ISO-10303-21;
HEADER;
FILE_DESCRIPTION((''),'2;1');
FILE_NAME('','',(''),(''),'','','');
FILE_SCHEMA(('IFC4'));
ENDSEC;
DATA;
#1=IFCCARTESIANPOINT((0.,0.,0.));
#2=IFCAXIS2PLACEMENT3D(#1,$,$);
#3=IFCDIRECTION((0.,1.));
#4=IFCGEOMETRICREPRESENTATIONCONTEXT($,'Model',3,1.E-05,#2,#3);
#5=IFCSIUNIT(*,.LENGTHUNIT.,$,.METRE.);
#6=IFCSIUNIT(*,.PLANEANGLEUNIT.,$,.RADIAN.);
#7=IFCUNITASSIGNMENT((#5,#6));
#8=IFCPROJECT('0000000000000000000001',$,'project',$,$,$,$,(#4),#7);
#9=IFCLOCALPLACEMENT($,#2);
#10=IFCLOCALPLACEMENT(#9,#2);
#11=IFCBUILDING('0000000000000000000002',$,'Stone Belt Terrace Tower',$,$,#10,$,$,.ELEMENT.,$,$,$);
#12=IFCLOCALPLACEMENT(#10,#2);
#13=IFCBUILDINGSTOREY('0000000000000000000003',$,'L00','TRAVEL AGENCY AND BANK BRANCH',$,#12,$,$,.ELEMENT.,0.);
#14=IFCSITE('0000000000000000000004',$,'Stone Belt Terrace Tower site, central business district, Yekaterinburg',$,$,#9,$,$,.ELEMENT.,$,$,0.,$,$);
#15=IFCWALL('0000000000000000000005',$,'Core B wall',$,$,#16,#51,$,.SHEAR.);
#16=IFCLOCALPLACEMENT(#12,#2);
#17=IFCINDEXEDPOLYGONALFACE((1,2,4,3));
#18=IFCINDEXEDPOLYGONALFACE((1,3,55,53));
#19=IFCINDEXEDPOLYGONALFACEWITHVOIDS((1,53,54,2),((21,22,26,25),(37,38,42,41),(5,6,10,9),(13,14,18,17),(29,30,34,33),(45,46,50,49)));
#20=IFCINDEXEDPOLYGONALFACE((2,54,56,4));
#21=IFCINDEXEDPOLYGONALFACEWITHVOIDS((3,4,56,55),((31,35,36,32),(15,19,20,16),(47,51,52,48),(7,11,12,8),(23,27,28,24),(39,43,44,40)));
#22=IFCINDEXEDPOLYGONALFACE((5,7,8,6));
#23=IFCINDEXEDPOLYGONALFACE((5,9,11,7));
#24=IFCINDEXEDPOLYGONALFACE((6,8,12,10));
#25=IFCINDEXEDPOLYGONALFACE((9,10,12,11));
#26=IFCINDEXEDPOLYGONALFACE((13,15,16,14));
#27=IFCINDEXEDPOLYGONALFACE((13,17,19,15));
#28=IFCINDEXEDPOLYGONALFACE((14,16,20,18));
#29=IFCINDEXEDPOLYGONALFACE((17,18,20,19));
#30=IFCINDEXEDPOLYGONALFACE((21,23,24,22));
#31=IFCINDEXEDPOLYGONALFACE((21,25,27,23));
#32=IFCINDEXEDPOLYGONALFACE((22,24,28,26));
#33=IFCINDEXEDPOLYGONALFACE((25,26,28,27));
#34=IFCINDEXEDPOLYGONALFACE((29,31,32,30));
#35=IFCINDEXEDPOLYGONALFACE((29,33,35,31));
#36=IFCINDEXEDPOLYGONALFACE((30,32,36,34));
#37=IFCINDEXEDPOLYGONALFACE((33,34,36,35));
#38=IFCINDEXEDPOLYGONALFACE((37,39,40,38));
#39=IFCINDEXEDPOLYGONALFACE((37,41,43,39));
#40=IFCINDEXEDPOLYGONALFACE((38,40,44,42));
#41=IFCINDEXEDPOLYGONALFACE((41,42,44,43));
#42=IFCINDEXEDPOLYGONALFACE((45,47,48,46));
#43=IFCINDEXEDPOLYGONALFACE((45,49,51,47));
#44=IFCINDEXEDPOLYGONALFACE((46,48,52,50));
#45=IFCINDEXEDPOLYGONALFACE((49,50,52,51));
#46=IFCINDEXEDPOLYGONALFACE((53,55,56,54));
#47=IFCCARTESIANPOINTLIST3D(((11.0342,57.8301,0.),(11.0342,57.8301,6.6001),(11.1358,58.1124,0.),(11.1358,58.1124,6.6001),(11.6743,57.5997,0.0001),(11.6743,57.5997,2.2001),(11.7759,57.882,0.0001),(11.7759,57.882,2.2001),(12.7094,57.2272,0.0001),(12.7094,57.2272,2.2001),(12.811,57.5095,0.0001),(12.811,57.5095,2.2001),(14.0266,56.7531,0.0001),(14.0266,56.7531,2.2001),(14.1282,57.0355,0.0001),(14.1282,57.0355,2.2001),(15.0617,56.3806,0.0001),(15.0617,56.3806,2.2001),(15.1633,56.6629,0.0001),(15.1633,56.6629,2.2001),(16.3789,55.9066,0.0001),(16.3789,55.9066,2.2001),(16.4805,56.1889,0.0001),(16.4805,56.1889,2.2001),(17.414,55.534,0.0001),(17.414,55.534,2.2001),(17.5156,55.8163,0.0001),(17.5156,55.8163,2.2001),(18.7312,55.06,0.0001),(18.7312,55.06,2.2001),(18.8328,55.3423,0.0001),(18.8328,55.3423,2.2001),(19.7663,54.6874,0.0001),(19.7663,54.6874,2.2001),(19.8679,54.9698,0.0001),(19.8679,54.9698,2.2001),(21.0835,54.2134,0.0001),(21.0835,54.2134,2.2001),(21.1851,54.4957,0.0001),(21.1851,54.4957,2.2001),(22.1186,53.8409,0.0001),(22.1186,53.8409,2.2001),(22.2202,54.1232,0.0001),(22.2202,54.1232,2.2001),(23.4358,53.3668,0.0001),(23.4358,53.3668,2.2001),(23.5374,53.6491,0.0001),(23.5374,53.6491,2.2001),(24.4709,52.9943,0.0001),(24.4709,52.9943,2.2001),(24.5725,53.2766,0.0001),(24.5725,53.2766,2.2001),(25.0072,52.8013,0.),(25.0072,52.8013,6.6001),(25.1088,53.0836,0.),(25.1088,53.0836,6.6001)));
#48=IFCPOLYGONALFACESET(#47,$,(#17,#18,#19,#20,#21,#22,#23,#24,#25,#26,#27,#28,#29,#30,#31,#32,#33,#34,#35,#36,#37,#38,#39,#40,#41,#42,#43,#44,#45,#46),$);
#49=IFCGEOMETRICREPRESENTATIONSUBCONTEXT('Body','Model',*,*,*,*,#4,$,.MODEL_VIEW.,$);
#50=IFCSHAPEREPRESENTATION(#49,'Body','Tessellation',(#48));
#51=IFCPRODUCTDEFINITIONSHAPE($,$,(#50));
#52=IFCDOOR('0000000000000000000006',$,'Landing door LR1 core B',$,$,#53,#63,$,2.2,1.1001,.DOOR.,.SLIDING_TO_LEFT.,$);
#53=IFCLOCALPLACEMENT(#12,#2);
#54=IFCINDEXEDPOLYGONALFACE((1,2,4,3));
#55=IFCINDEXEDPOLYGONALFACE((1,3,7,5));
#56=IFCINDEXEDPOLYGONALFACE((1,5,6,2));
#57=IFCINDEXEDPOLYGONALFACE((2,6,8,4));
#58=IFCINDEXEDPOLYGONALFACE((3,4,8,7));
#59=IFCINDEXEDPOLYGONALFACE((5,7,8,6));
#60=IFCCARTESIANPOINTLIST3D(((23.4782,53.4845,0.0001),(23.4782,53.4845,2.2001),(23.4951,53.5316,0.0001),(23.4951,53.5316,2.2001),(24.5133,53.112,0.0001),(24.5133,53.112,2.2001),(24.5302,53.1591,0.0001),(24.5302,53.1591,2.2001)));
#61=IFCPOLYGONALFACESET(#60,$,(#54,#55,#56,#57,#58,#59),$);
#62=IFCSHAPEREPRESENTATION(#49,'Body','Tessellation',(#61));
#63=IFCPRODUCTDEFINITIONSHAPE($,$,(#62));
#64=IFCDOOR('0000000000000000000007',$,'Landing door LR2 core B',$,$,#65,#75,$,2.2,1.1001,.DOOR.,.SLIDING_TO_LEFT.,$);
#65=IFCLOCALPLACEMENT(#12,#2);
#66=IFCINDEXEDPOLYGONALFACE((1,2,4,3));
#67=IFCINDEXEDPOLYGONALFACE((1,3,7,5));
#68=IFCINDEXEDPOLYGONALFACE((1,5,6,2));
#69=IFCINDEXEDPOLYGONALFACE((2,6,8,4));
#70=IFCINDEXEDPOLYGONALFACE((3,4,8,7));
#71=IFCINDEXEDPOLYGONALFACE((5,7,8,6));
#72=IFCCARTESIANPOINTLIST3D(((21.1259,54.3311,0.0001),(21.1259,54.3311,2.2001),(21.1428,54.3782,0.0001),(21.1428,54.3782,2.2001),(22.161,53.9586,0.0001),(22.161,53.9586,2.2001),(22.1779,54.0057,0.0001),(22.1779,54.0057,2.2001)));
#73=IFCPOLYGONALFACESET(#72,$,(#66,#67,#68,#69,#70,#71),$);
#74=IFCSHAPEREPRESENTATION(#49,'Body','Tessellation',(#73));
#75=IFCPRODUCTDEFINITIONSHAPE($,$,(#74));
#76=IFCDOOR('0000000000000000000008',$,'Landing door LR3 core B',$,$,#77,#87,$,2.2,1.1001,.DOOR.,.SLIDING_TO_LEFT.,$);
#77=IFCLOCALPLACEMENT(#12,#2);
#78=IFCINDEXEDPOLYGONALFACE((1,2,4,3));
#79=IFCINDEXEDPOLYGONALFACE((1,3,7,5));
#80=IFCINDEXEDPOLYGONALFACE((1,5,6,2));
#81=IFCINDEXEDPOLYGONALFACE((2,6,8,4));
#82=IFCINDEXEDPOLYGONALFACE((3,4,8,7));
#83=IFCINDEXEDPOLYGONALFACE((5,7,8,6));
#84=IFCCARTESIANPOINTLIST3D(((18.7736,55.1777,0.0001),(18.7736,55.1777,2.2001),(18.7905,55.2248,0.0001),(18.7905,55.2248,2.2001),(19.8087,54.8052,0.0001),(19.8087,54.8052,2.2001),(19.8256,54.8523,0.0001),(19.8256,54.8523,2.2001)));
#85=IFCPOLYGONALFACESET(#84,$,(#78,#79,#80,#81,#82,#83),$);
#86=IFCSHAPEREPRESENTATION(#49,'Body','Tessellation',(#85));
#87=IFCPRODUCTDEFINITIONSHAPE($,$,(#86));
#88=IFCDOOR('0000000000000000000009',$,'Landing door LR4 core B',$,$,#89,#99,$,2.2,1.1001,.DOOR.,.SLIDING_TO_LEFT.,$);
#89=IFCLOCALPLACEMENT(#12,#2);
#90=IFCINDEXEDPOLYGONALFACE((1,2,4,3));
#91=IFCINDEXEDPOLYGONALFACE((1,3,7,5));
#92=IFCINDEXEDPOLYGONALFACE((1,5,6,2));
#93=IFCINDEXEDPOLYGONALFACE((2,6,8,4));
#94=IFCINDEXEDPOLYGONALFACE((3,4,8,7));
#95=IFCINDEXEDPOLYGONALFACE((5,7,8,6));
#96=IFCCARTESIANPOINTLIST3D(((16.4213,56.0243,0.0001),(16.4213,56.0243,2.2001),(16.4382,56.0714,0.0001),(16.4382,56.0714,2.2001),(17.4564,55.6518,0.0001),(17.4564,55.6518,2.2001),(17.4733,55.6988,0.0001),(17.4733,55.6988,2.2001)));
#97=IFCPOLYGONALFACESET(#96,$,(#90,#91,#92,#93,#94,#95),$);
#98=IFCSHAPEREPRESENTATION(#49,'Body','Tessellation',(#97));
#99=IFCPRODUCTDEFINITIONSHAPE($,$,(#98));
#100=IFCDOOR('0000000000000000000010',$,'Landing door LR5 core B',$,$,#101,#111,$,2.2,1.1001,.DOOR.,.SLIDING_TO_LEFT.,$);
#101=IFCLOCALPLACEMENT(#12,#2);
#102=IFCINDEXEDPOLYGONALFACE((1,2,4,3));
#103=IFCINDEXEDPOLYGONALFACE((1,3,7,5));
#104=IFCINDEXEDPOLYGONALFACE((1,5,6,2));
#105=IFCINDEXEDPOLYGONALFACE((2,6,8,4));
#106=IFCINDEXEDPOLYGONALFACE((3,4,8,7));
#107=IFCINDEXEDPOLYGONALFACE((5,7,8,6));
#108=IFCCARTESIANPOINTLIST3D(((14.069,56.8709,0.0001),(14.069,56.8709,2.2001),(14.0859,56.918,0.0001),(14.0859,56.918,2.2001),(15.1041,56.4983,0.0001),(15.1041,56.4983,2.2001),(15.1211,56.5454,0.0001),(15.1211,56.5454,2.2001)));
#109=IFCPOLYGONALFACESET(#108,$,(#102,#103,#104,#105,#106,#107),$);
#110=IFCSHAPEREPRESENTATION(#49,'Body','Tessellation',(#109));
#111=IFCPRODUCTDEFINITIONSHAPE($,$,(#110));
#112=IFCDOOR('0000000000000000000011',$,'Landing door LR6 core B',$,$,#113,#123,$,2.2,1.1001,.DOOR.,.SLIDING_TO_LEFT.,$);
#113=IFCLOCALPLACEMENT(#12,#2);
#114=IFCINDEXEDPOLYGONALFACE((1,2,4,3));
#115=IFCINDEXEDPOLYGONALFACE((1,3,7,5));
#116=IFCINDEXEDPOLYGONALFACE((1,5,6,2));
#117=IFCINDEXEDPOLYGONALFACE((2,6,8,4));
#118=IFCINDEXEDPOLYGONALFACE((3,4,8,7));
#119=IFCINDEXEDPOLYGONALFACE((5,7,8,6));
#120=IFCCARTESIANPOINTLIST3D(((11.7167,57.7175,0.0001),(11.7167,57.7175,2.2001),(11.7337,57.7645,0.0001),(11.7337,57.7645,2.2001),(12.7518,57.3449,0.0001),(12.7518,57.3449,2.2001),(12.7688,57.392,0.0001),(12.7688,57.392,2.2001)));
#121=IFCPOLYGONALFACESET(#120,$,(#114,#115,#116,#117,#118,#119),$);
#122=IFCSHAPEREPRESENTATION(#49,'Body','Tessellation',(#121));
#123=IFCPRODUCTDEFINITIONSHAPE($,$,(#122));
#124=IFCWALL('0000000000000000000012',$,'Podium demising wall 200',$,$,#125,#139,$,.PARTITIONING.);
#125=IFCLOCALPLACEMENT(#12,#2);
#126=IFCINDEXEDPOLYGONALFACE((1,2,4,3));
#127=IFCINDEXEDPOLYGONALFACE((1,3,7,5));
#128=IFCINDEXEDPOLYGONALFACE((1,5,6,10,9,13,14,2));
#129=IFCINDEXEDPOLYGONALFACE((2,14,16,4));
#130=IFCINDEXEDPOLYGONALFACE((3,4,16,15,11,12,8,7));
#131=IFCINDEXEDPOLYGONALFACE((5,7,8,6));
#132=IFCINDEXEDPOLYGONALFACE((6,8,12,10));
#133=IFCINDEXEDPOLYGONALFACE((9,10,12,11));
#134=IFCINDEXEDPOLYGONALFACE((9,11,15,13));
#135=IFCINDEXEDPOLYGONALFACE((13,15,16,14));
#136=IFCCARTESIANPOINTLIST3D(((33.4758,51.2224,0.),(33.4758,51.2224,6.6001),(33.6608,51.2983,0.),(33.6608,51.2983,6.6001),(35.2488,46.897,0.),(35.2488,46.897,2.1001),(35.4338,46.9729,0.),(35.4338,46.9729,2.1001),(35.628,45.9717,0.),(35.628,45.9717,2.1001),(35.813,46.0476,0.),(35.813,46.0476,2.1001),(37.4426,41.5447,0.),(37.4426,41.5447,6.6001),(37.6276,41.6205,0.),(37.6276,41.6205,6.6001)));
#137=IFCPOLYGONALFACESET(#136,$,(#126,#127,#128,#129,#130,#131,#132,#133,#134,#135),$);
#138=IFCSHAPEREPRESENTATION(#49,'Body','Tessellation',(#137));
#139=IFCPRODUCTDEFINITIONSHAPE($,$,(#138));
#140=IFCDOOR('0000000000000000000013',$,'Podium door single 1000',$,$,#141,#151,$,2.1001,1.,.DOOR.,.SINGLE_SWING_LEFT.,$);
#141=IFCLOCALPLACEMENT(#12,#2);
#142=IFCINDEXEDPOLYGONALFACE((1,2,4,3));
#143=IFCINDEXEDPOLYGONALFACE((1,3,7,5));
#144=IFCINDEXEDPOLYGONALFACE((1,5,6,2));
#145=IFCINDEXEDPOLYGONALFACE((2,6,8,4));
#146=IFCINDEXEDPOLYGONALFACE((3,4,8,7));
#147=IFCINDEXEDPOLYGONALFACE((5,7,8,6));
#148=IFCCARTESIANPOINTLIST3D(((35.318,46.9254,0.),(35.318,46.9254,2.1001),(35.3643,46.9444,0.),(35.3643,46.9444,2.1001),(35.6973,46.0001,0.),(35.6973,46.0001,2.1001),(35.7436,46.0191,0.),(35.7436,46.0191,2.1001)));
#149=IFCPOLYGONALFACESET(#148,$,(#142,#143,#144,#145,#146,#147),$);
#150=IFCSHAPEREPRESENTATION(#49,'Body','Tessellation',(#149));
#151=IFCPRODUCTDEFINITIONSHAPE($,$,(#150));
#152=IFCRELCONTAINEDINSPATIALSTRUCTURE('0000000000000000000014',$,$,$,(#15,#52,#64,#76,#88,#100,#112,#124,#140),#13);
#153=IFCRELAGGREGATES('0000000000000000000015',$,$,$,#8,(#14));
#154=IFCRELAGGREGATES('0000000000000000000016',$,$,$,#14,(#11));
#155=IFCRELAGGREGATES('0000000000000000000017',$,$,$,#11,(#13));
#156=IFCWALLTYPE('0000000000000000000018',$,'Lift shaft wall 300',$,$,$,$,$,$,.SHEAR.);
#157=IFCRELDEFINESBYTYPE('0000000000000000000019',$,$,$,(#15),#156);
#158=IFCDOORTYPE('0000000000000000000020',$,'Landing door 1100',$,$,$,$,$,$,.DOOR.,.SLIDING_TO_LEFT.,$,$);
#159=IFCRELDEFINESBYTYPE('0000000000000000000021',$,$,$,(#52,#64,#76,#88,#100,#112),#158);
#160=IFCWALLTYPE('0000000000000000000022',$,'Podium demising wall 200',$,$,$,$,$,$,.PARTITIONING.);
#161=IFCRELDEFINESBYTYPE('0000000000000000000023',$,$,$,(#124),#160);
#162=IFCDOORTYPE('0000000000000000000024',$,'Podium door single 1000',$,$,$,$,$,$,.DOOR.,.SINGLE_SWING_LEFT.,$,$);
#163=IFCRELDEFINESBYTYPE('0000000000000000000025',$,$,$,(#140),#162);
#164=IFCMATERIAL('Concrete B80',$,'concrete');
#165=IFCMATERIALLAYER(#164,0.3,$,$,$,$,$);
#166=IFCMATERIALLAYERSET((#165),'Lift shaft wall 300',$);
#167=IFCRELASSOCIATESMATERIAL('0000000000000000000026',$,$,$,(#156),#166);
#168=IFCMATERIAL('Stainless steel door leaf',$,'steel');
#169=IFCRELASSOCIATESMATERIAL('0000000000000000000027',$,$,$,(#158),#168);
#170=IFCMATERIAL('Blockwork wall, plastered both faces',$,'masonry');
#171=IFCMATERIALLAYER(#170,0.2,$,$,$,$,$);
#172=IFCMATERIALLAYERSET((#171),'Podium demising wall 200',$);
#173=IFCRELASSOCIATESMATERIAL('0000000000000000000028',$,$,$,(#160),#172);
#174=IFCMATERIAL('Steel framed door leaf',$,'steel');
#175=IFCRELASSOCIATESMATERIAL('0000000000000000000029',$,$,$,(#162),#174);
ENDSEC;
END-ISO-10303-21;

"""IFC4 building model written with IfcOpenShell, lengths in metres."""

from ifc_helpers import new_model, si_unit, direction, frame, frame_2d, origin, place, context, subcontext, project, spatial, rectangle, extrude, material, layer, layer_set, type_object, element, fill, save


model = new_model("IFC4")

# Units and contexts
model_context = context("Model", 3, precision=1e-05, world=origin(), true_north=direction((0.0, 1.0)))
body_context = subcontext(model_context, "Body", "Model", "MODEL_VIEW")
ifc_project = project(units=[si_unit("LENGTHUNIT", "METRE"), si_unit("PLANEANGLEUNIT", "RADIAN")], contexts=[model_context])

# Site, building, storey
site_placement = place(None, origin())
site = spatial("IfcSite", under=ifc_project, at=site_placement, Name="Stone Belt Terrace Tower site, central business district, Yekaterinburg", CompositionType="ELEMENT", RefElevation=0.0)
building_placement = place(site_placement, origin())
building = spatial("IfcBuilding", under=site, at=building_placement, Name="Stone Belt Terrace Tower", CompositionType="ELEMENT")
storey_placement = place(building_placement, origin())
storey = spatial("IfcBuildingStorey", under=building, at=storey_placement, Name="L00", Description="TRAVEL AGENCY AND BANK BRANCH", CompositionType="ELEMENT", Elevation=0.0)

# Shared definitions
ifc_material_1 = material(Name="Concrete B80", Category="concrete")

# Shared definitions
ifc_layer_1 = layer(ifc_material_1, 0.3)
ifc_layer_set_1 = layer_set([ifc_layer_1], Name="Lift shaft wall 300")
wall_type_1 = type_object("IfcWallType", Name="Lift shaft wall 300", PredefinedType="SHEAR", material=ifc_layer_set_1)
ifc_material_2 = material(Name="Stainless steel door leaf", Category="steel")

# Wall, openings, doors
wall_1_placement = place(storey_placement, frame((25.0581, 52.9424, 0.0), z_axis=(0.0, 0.0, 1.0), x_axis=(-0.940918, 0.338634, 0.0)))
wall_1 = element("IfcWall", 1, at=wall_1_placement, inside=storey, type_object=wall_type_1, Name="Core B wall", PredefinedType="SHEAR", context=body_context, shape_type="SweptSolid", body=[
    extrude(rectangle(XDim=14.8503, YDim=0.3, at=frame_2d((7.4253, 0.0))), origin(), (0.0, 0.0, 1.0), 6.6001),
])
opening_1_placement = place(wall_1_placement, frame((0.5701, 0.0, 0.0)))
opening_1 = element("IfcOpeningElement", 2, at=opening_1_placement, cuts=wall_1, PredefinedType="OPENING", context=body_context, shape_type="SweptSolid", body=[
    extrude(rectangle(XDim=1.1001, YDim=2.2, at=frame_2d((0.55, 1.1001))), frame((0.0, 0.1599, 0.0), z_axis=(0.0, -1.0, 0.0), x_axis=(1.0, 0.0, 0.0)), (0.0, 0.0, 1.0), 0.3201),
])
opening_2_placement = place(wall_1_placement, frame((3.0701, 0.0, 0.0)))
opening_2 = element("IfcOpeningElement", 3, at=opening_2_placement, cuts=wall_1, PredefinedType="OPENING", context=body_context, shape_type="SweptSolid", body=[
    extrude(rectangle(XDim=1.1001, YDim=2.2, at=frame_2d((0.55, 1.1001))), frame((0.0, 0.1599, 0.0), z_axis=(0.0, -1.0, 0.0), x_axis=(1.0, 0.0, 0.0)), (0.0, 0.0, 1.0), 0.3201),
])
opening_3_placement = place(wall_1_placement, frame((5.5701, 0.0, 0.0)))
opening_3 = element("IfcOpeningElement", 4, at=opening_3_placement, cuts=wall_1, PredefinedType="OPENING", context=body_context, shape_type="SweptSolid", body=[
    extrude(rectangle(XDim=1.1001, YDim=2.2, at=frame_2d((0.55, 1.1001))), frame((0.0, 0.1599, 0.0), z_axis=(0.0, -1.0, 0.0), x_axis=(1.0, 0.0, 0.0)), (0.0, 0.0, 1.0), 0.3201),
])
opening_4_placement = place(wall_1_placement, frame((8.0701, 0.0, 0.0)))
opening_4 = element("IfcOpeningElement", 5, at=opening_4_placement, cuts=wall_1, PredefinedType="OPENING", context=body_context, shape_type="SweptSolid", body=[
    extrude(rectangle(XDim=1.1001, YDim=2.2, at=frame_2d((0.55, 1.1001))), frame((0.0, 0.1599, 0.0), z_axis=(0.0, -1.0, 0.0), x_axis=(1.0, 0.0, 0.0)), (0.0, 0.0, 1.0), 0.3201),
])
opening_5_placement = place(wall_1_placement, frame((10.5701, 0.0, 0.0)))
opening_5 = element("IfcOpeningElement", 6, at=opening_5_placement, cuts=wall_1, PredefinedType="OPENING", context=body_context, shape_type="SweptSolid", body=[
    extrude(rectangle(XDim=1.1001, YDim=2.2, at=frame_2d((0.55, 1.1001))), frame((0.0, 0.1599, 0.0), z_axis=(0.0, -1.0, 0.0), x_axis=(1.0, 0.0, 0.0)), (0.0, 0.0, 1.0), 0.3201),
])
opening_6_placement = place(wall_1_placement, frame((13.0701, 0.0, 0.0)))
opening_6 = element("IfcOpeningElement", 7, at=opening_6_placement, cuts=wall_1, PredefinedType="OPENING", context=body_context, shape_type="SweptSolid", body=[
    extrude(rectangle(XDim=1.1001, YDim=2.2, at=frame_2d((0.55, 1.1001))), frame((0.0, 0.1599, 0.0), z_axis=(0.0, -1.0, 0.0), x_axis=(1.0, 0.0, 0.0)), (0.0, 0.0, 1.0), 0.3201),
])
door_type_1 = type_object("IfcDoorType", Name="Landing door 1100", OperationType="SLIDING_TO_LEFT", PredefinedType="DOOR", material=ifc_material_2)
door_1_placement = place(opening_1_placement, origin())
door_1 = element("IfcDoor", 8, at=door_1_placement, inside=storey, type_object=door_type_1, Name="Landing door LR1 core B", OperationType="SLIDING_TO_LEFT", OverallHeight=2.2, OverallWidth=1.1001, PredefinedType="DOOR", context=body_context, shape_type="SweptSolid", body=[
    extrude(rectangle(XDim=1.1001, YDim=2.2, at=frame_2d((0.55, 1.1001))), frame((0.0, 0.0249, 0.0), z_axis=(0.0, -1.0, 0.0), x_axis=(1.0, 0.0, 0.0)), (0.0, 0.0, 1.0), 0.05),
])
fill(opening_1, door_1)
door_2_placement = place(opening_2_placement, origin())
door_2 = element("IfcDoor", 9, at=door_2_placement, inside=storey, type_object=door_type_1, Name="Landing door LR2 core B", OperationType="SLIDING_TO_LEFT", OverallHeight=2.2, OverallWidth=1.1001, PredefinedType="DOOR", context=body_context, shape_type="SweptSolid", body=[
    extrude(rectangle(XDim=1.1001, YDim=2.2, at=frame_2d((0.55, 1.1001))), frame((0.0, 0.0249, 0.0), z_axis=(0.0, -1.0, 0.0), x_axis=(1.0, 0.0, 0.0)), (0.0, 0.0, 1.0), 0.05),
])
fill(opening_2, door_2)
door_3_placement = place(opening_3_placement, origin())
door_3 = element("IfcDoor", 10, at=door_3_placement, inside=storey, type_object=door_type_1, Name="Landing door LR3 core B", OperationType="SLIDING_TO_LEFT", OverallHeight=2.2, OverallWidth=1.1001, PredefinedType="DOOR", context=body_context, shape_type="SweptSolid", body=[
    extrude(rectangle(XDim=1.1001, YDim=2.2, at=frame_2d((0.55, 1.1001))), frame((0.0, 0.0249, 0.0), z_axis=(0.0, -1.0, 0.0), x_axis=(1.0, 0.0, 0.0)), (0.0, 0.0, 1.0), 0.05),
])
fill(opening_3, door_3)
door_4_placement = place(opening_4_placement, origin())
door_4 = element("IfcDoor", 11, at=door_4_placement, inside=storey, type_object=door_type_1, Name="Landing door LR4 core B", OperationType="SLIDING_TO_LEFT", OverallHeight=2.2, OverallWidth=1.1001, PredefinedType="DOOR", context=body_context, shape_type="SweptSolid", body=[
    extrude(rectangle(XDim=1.1001, YDim=2.2, at=frame_2d((0.55, 1.1001))), frame((0.0, 0.0249, 0.0), z_axis=(0.0, -1.0, 0.0), x_axis=(1.0, 0.0, 0.0)), (0.0, 0.0, 1.0), 0.05),
])
fill(opening_4, door_4)
door_5_placement = place(opening_5_placement, origin())
door_5 = element("IfcDoor", 12, at=door_5_placement, inside=storey, type_object=door_type_1, Name="Landing door LR5 core B", OperationType="SLIDING_TO_LEFT", OverallHeight=2.2, OverallWidth=1.1001, PredefinedType="DOOR", context=body_context, shape_type="SweptSolid", body=[
    extrude(rectangle(XDim=1.1001, YDim=2.2, at=frame_2d((0.55, 1.1001))), frame((0.0, 0.0249, 0.0), z_axis=(0.0, -1.0, 0.0), x_axis=(1.0, 0.0, 0.0)), (0.0, 0.0, 1.0), 0.05),
])
fill(opening_5, door_5)
door_6_placement = place(opening_6_placement, origin())
door_6 = element("IfcDoor", 13, at=door_6_placement, inside=storey, type_object=door_type_1, Name="Landing door LR6 core B", OperationType="SLIDING_TO_LEFT", OverallHeight=2.2, OverallWidth=1.1001, PredefinedType="DOOR", context=body_context, shape_type="SweptSolid", body=[
    extrude(rectangle(XDim=1.1001, YDim=2.2, at=frame_2d((0.55, 1.1001))), frame((0.0, 0.0249, 0.0), z_axis=(0.0, -1.0, 0.0), x_axis=(1.0, 0.0, 0.0)), (0.0, 0.0, 1.0), 0.05),
])
fill(opening_6, door_6)

# Wall, opening, door
ifc_material_3 = material(Name="Blockwork wall, plastered both faces", Category="masonry")
ifc_layer_2 = layer(ifc_material_3, 0.2)
ifc_layer_set_2 = layer_set([ifc_layer_2], Name="Podium demising wall 200")
wall_type_2 = type_object("IfcWallType", Name="Podium demising wall 200", PredefinedType="PARTITIONING", material=ifc_layer_set_2)
wall_2_placement = place(storey_placement, frame((33.5684, 51.2603, 0.0), z_axis=(0.0, 0.0, 1.0), x_axis=(0.379265, -0.925288, 0.0)))
wall_2 = element("IfcWall", 14, at=wall_2_placement, inside=storey, type_object=wall_type_2, Name="Podium demising wall 200", PredefinedType="PARTITIONING", context=body_context, shape_type="SweptSolid", body=[
    extrude(rectangle(XDim=10.4592, YDim=0.2, at=frame_2d((5.2295, 0.0))), origin(), (0.0, 0.0, 1.0), 6.6001),
])
opening_7_placement = place(wall_2_placement, frame((4.6746, 0.0, 0.0)))
opening_7 = element("IfcOpeningElement", 15, at=opening_7_placement, cuts=wall_2, PredefinedType="OPENING", context=body_context, shape_type="SweptSolid", body=[
    extrude(rectangle(XDim=1.0, YDim=2.1001, at=frame_2d((0.5, 1.05))), frame((0.0, 0.1099, 0.0), z_axis=(0.0, -1.0, 0.0), x_axis=(1.0, 0.0, 0.0)), (0.0, 0.0, 1.0), 0.22),
])
ifc_material_4 = material(Name="Steel framed door leaf", Category="steel")
door_type_2 = type_object("IfcDoorType", Name="Podium door single 1000", OperationType="SINGLE_SWING_LEFT", PredefinedType="DOOR", material=ifc_material_4)
door_7_placement = place(opening_7_placement, origin())
door_7 = element("IfcDoor", 16, at=door_7_placement, inside=storey, type_object=door_type_2, Name="Podium door single 1000", OperationType="SINGLE_SWING_LEFT", OverallHeight=2.1001, OverallWidth=1.0, PredefinedType="DOOR", context=body_context, shape_type="SweptSolid", body=[
    extrude(rectangle(XDim=1.0, YDim=2.1001, at=frame_2d((0.5, 1.05))), frame((0.0, 0.0249, 0.0), z_axis=(0.0, -1.0, 0.0), x_axis=(1.0, 0.0, 0.0)), (0.0, 0.0, 1.0), 0.05),
])
fill(opening_7, door_7)

save(model, "model.ifc")
